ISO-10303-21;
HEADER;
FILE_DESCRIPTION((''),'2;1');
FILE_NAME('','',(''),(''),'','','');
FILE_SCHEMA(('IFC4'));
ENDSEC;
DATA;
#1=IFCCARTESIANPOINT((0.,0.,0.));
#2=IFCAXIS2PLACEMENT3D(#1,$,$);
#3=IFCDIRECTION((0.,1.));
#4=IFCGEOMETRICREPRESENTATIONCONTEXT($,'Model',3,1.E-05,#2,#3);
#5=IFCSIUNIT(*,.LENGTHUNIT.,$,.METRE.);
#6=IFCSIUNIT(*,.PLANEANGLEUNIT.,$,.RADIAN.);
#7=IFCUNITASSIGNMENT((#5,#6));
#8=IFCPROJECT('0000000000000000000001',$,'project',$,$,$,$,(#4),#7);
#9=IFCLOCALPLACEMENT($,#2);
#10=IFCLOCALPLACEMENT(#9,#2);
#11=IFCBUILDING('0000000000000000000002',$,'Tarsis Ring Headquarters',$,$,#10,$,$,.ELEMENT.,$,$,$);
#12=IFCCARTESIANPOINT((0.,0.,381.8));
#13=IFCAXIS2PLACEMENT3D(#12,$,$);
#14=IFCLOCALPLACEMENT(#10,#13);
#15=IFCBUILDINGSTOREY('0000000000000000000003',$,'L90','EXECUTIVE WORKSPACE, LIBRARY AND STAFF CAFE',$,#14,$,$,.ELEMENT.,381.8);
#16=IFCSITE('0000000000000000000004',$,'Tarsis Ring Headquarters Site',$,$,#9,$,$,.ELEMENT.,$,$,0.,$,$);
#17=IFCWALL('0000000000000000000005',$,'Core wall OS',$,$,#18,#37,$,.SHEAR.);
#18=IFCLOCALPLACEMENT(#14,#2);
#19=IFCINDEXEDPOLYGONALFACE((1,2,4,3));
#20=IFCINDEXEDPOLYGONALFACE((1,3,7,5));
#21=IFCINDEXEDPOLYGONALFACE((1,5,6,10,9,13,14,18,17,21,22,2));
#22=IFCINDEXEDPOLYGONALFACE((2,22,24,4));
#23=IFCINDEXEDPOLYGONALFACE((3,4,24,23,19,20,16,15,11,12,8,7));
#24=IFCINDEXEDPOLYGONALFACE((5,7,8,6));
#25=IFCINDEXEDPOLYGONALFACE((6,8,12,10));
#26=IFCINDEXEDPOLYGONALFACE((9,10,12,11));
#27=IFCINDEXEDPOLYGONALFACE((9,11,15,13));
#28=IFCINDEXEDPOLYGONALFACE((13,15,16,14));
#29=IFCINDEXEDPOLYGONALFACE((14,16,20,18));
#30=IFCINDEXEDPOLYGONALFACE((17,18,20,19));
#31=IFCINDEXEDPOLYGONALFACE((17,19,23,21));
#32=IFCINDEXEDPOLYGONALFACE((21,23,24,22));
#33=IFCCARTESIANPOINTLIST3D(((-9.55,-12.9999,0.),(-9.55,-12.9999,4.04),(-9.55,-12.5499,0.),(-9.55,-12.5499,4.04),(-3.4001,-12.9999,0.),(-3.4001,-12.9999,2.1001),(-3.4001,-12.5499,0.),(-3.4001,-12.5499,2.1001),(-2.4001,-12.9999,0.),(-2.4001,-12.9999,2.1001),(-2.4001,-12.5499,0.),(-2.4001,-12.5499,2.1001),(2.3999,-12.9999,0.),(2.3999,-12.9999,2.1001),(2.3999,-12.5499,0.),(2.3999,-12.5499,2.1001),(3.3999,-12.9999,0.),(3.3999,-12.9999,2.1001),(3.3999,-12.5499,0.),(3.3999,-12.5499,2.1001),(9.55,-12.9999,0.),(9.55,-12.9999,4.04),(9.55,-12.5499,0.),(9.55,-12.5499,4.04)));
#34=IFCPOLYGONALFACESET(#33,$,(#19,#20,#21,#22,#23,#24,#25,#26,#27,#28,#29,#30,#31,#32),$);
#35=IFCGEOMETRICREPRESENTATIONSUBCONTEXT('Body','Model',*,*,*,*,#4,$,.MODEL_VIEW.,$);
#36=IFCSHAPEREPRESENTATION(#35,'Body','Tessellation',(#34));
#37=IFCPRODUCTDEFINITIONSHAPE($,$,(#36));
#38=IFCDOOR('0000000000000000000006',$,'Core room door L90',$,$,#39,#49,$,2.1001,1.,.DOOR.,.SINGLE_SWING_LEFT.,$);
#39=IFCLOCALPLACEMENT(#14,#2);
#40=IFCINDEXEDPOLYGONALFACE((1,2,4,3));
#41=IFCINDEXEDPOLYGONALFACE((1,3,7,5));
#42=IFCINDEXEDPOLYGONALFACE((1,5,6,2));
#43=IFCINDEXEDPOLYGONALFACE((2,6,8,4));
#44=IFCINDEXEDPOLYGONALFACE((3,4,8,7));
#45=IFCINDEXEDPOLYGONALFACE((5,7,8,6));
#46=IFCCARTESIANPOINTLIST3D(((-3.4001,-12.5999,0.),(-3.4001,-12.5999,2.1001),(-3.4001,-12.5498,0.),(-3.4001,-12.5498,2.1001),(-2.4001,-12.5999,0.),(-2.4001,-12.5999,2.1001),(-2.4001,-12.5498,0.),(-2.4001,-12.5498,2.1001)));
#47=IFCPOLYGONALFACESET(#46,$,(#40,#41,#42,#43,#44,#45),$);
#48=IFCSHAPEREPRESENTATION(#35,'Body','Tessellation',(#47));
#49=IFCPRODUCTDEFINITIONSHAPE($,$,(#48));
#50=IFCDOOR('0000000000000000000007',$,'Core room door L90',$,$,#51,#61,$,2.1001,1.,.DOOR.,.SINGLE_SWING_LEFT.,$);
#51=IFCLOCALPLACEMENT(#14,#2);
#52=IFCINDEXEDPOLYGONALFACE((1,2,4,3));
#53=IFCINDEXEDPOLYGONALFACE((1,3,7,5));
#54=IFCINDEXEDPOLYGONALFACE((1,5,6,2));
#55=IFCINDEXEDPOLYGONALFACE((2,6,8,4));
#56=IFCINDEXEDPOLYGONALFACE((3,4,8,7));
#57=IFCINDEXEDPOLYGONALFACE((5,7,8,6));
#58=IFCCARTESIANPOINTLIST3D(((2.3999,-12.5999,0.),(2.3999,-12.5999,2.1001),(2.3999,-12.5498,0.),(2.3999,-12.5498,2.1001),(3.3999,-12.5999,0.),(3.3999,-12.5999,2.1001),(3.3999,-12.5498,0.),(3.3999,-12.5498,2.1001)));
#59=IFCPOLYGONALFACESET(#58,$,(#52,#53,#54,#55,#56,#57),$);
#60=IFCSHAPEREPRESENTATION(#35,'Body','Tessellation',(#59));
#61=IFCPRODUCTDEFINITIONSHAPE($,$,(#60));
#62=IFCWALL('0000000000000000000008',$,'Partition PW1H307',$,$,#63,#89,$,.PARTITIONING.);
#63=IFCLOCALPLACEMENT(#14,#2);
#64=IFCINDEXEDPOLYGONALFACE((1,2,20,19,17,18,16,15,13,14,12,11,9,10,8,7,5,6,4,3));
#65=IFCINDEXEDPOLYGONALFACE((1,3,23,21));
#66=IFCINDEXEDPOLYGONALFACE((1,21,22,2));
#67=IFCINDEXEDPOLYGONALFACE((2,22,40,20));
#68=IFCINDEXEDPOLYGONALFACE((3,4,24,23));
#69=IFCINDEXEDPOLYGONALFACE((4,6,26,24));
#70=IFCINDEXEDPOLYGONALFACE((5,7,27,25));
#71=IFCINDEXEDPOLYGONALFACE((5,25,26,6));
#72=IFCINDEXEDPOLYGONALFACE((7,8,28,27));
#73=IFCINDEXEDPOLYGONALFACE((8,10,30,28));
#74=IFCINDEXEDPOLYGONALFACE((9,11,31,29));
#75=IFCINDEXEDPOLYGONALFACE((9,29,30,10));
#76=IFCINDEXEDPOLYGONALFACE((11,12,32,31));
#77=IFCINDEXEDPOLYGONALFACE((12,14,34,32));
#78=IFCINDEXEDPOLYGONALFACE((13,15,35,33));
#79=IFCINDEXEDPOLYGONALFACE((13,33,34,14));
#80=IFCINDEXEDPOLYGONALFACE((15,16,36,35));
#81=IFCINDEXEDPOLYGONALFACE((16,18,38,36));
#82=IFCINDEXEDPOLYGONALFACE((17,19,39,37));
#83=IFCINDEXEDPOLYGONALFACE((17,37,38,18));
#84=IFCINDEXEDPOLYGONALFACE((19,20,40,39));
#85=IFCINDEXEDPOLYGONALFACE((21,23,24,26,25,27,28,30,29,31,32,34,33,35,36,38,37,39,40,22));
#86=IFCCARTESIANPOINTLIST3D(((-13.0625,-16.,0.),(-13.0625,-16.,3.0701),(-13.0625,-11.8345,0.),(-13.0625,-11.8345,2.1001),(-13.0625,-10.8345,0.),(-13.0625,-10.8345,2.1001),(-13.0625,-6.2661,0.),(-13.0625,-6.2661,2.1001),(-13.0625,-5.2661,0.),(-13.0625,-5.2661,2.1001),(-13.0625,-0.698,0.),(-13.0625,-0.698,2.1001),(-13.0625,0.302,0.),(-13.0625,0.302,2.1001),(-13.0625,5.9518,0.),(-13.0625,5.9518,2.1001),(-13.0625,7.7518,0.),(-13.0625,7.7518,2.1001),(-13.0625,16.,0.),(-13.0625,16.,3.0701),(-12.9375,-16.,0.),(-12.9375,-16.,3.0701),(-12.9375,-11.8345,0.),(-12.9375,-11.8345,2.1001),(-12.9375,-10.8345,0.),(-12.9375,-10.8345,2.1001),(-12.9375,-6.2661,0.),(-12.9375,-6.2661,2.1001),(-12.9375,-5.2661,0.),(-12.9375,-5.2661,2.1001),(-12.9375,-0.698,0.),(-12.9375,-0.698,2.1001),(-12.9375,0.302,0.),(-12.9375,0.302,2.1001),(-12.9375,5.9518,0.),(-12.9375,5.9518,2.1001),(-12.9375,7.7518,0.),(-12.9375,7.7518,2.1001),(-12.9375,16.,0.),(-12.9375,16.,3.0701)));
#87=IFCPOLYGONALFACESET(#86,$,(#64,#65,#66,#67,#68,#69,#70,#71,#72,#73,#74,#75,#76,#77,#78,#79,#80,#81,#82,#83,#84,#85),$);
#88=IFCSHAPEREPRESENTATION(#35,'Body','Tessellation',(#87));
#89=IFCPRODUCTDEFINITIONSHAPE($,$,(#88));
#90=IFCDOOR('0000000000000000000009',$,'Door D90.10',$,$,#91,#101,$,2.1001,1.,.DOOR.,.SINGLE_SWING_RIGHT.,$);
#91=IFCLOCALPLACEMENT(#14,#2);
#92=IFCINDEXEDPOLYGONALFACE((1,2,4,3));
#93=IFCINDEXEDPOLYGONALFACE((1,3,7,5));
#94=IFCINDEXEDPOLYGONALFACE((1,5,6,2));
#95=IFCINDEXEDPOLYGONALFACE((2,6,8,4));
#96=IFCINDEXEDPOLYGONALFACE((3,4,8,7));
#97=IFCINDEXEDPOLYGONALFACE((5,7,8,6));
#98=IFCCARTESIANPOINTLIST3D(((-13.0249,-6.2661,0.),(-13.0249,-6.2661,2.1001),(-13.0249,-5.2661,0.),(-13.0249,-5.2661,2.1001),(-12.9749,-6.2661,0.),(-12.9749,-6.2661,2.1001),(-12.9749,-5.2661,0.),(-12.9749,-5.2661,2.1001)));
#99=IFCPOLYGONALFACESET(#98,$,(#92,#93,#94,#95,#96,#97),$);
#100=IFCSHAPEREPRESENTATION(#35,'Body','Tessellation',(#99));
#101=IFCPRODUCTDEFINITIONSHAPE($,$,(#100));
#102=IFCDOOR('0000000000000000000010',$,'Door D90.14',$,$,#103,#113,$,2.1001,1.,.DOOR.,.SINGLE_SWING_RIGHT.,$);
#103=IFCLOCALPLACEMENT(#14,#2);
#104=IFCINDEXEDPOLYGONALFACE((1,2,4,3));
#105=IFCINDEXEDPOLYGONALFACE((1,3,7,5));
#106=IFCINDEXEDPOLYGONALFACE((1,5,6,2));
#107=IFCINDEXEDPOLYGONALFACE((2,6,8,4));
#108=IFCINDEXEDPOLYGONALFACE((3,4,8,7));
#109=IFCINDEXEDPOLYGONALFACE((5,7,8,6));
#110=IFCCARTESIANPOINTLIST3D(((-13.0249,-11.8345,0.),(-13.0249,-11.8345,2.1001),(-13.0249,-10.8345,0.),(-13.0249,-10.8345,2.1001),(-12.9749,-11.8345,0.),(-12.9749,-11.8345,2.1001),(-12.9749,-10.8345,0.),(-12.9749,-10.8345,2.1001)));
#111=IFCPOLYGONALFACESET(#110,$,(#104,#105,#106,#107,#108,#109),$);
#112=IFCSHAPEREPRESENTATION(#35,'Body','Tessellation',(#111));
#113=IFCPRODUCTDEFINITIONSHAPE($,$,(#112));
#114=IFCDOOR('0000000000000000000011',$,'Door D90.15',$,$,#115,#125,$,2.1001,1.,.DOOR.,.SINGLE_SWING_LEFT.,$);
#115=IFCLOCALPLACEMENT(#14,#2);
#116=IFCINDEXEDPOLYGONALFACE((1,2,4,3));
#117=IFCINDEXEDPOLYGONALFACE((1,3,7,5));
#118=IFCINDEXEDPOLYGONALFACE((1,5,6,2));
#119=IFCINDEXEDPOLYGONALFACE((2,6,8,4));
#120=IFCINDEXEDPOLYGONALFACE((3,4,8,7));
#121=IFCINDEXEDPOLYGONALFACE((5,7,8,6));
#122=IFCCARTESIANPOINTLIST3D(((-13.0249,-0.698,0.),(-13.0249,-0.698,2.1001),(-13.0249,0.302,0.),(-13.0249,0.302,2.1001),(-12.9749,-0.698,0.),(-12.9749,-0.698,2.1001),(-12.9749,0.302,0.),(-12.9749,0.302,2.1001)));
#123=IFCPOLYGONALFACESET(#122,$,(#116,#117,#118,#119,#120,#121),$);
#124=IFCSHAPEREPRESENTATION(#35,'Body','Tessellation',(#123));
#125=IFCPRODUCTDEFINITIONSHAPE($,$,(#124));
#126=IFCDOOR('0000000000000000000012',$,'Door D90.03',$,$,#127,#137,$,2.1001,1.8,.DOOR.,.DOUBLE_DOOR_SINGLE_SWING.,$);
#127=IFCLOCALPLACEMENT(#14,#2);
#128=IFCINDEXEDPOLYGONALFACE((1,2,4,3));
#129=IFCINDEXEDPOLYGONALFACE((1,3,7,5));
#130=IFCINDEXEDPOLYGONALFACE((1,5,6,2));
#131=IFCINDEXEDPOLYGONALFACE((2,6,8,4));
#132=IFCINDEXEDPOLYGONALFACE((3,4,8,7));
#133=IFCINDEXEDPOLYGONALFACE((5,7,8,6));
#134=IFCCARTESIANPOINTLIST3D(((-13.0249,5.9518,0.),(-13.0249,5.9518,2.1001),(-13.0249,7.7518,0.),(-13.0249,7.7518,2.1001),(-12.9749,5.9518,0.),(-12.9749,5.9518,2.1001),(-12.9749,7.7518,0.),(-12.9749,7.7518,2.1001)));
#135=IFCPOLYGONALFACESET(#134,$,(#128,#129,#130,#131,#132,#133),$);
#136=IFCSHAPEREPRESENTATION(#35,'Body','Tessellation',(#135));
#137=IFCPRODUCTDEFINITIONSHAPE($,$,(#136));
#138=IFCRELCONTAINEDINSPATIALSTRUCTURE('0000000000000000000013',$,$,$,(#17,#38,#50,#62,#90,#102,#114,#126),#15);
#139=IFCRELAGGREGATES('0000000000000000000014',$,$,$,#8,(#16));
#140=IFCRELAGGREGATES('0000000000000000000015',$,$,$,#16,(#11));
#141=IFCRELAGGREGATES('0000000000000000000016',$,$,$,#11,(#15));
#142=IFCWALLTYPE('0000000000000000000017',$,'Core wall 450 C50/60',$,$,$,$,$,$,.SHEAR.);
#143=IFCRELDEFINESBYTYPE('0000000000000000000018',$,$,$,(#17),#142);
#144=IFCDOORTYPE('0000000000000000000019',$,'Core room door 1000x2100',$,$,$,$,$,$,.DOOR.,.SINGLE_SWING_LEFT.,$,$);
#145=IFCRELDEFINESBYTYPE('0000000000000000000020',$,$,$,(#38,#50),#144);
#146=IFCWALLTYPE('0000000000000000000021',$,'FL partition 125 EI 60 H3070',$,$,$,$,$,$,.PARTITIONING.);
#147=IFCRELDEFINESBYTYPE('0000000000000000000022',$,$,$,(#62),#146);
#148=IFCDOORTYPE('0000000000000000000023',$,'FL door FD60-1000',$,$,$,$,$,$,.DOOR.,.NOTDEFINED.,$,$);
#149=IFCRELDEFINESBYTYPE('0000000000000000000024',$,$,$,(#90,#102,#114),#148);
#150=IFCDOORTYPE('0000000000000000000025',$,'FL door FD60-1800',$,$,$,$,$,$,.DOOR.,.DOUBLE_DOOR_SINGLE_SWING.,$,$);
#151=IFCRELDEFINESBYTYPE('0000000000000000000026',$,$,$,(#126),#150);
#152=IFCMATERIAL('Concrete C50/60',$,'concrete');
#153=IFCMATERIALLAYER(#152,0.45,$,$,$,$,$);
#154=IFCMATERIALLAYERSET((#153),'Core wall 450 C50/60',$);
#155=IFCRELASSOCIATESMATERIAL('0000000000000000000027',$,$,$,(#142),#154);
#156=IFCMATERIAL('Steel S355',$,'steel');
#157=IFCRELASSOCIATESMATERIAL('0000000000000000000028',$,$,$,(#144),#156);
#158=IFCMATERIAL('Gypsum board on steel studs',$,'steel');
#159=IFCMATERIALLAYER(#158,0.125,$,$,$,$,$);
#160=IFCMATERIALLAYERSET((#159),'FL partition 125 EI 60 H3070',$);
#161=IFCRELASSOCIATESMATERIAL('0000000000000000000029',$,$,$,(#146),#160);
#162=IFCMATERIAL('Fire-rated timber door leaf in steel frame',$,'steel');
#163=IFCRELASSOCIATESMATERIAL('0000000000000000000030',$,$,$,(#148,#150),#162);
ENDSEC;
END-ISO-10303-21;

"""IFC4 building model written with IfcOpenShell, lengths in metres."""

from ifc_helpers import new_model, si_unit, direction, frame, frame_2d, origin, place, context, subcontext, project, spatial, rectangle, extrude, material, layer, layer_set, type_object, element, fill, save


model = new_model("IFC4")

# Units and contexts
model_context = context("Model", 3, precision=1e-05, world=origin(), true_north=direction((0.0, 1.0)))
body_context = subcontext(model_context, "Body", "Model", "MODEL_VIEW")
ifc_project = project(units=[si_unit("LENGTHUNIT", "METRE"), si_unit("PLANEANGLEUNIT", "RADIAN")], contexts=[model_context])

# Site, building, storey
site_placement = place(None, origin())
site = spatial("IfcSite", under=ifc_project, at=site_placement, Name="Tarsis Ring Headquarters Site", CompositionType="ELEMENT", RefElevation=0.0)
building_placement = place(site_placement, origin())
building = spatial("IfcBuilding", under=site, at=building_placement, Name="Tarsis Ring Headquarters", CompositionType="ELEMENT")
storey_placement = place(building_placement, frame((0.0, 0.0, 381.8)))
storey = spatial("IfcBuildingStorey", under=building, at=storey_placement, Name="L90", Description="EXECUTIVE WORKSPACE, LIBRARY AND STAFF CAFE", CompositionType="ELEMENT", Elevation=381.8)

# Walls, openings, doors
ifc_material_1 = material(Name="Concrete C50/60", Category="concrete")
ifc_layer_1 = layer(ifc_material_1, 0.45)
ifc_layer_set_1 = layer_set([ifc_layer_1], Name="Core wall 450 C50/60")
wall_type_1 = type_object("IfcWallType", Name="Core wall 450 C50/60", PredefinedType="SHEAR", material=ifc_layer_set_1)
ifc_material_2 = material(Name="Steel S355", Category="steel")
door_type_1 = type_object("IfcDoorType", Name="Core room door 1000x2100", OperationType="SINGLE_SWING_LEFT", PredefinedType="DOOR", material=ifc_material_2)
wall_1_placement = place(storey_placement, frame((-9.55, -12.7749, 0.0), z_axis=(0.0, 0.0, 1.0), x_axis=(1.0, 0.0, 0.0)))
wall_1 = element("IfcWall", 1, at=wall_1_placement, inside=storey, type_object=wall_type_1, Name="Core wall OS", PredefinedType="SHEAR", context=body_context, shape_type="SweptSolid", body=[
    extrude(rectangle(XDim=19.1001, YDim=0.45, at=frame_2d((9.55, 0.0))), origin(), (0.0, 0.0, 1.0), 4.04),
])
opening_1_placement = place(wall_1_placement, frame((6.1499, 0.0, 0.0)))
opening_1 = element("IfcOpeningElement", 2, at=opening_1_placement, cuts=wall_1, PredefinedType="OPENING", context=body_context, shape_type="SweptSolid", body=[
    extrude(rectangle(XDim=1.0, YDim=2.1001, at=frame_2d((0.5, 1.05))), frame((0.0, 0.2349, 0.0), z_axis=(0.0, -1.0, 0.0), x_axis=(1.0, 0.0, 0.0)), (0.0, 0.0, 1.0), 0.47),
])
opening_2_placement = place(wall_1_placement, frame((11.95, 0.0, 0.0)))
opening_2 = element("IfcOpeningElement", 3, at=opening_2_placement, cuts=wall_1, PredefinedType="OPENING", context=body_context, shape_type="SweptSolid", body=[
    extrude(rectangle(XDim=1.0, YDim=2.1001, at=frame_2d((0.5, 1.05))), frame((0.0, 0.2349, 0.0), z_axis=(0.0, -1.0, 0.0), x_axis=(1.0, 0.0, 0.0)), (0.0, 0.0, 1.0), 0.47),
])
door_1_placement = place(opening_1_placement, origin())
door_1 = element("IfcDoor", 4, at=door_1_placement, inside=storey, type_object=door_type_1, Name="Core room door L90", OperationType="SINGLE_SWING_LEFT", OverallHeight=2.1001, OverallWidth=1.0, PredefinedType="DOOR", context=body_context, shape_type="SweptSolid", body=[
    extrude(rectangle(XDim=1.0, YDim=2.1001, at=frame_2d((0.5, 1.05))), frame((0.0, 0.2251, 0.0), z_axis=(0.0, -1.0, 0.0), x_axis=(1.0, 0.0, 0.0)), (0.0, 0.0, 1.0), 0.05),
])
fill(opening_1, door_1)
door_2_placement = place(opening_2_placement, origin())
door_2 = element("IfcDoor", 5, at=door_2_placement, inside=storey, type_object=door_type_1, Name="Core room door L90", OperationType="SINGLE_SWING_LEFT", OverallHeight=2.1001, OverallWidth=1.0, PredefinedType="DOOR", context=body_context, shape_type="SweptSolid", body=[
    extrude(rectangle(XDim=1.0, YDim=2.1001, at=frame_2d((0.5, 1.05))), frame((0.0, 0.2251, 0.0), z_axis=(0.0, -1.0, 0.0), x_axis=(1.0, 0.0, 0.0)), (0.0, 0.0, 1.0), 0.05),
])
fill(opening_2, door_2)
ifc_material_3 = material(Name="Gypsum board on steel studs", Category="steel")
ifc_layer_2 = layer(ifc_material_3, 0.125)
ifc_layer_set_2 = layer_set([ifc_layer_2], Name="FL partition 125 EI 60 H3070")
wall_type_2 = type_object("IfcWallType", Name="FL partition 125 EI 60 H3070", PredefinedType="PARTITIONING", material=ifc_layer_set_2)
wall_2_placement = place(storey_placement, frame((-13.0, -16.0, 0.0), z_axis=(0.0, 0.0, 1.0), x_axis=(0.0, 1.0, 0.0)))
wall_2 = element("IfcWall", 6, at=wall_2_placement, inside=storey, type_object=wall_type_2, Name="Partition PW1H307", PredefinedType="PARTITIONING", context=body_context, shape_type="SweptSolid", body=[
    extrude(rectangle(XDim=32.0, YDim=0.125, at=frame_2d((16.0, 0.0))), origin(), (0.0, 0.0, 1.0), 3.0701),
])
opening_3_placement = place(wall_2_placement, frame((21.9519, 0.0, 0.0)))
opening_3 = element("IfcOpeningElement", 7, at=opening_3_placement, cuts=wall_2, PredefinedType="OPENING", context=body_context, shape_type="SweptSolid", body=[
    extrude(rectangle(XDim=1.8, YDim=2.1001, at=frame_2d((0.8999, 1.05))), frame((0.0, 0.0725, 0.0), z_axis=(0.0, -1.0, 0.0), x_axis=(1.0, 0.0, 0.0)), (0.0, 0.0, 1.0), 0.145),
])
opening_4_placement = place(wall_2_placement, frame((9.7339, 0.0, 0.0)))
opening_4 = element("IfcOpeningElement", 8, at=opening_4_placement, cuts=wall_2, PredefinedType="OPENING", context=body_context, shape_type="SweptSolid", body=[
    extrude(rectangle(XDim=1.0, YDim=2.1001, at=frame_2d((0.5, 1.05))), frame((0.0, 0.0725, 0.0), z_axis=(0.0, -1.0, 0.0), x_axis=(1.0, 0.0, 0.0)), (0.0, 0.0, 1.0), 0.145),
])
opening_5_placement = place(wall_2_placement, frame((4.1655, 0.0, 0.0)))
opening_5 = element("IfcOpeningElement", 9, at=opening_5_placement, cuts=wall_2, PredefinedType="OPENING", context=body_context, shape_type="SweptSolid", body=[
    extrude(rectangle(XDim=1.0, YDim=2.1001, at=frame_2d((0.5, 1.05))), frame((0.0, 0.0725, 0.0), z_axis=(0.0, -1.0, 0.0), x_axis=(1.0, 0.0, 0.0)), (0.0, 0.0, 1.0), 0.145),
])
opening_6_placement = place(wall_2_placement, frame((15.302, 0.0, 0.0)))
opening_6 = element("IfcOpeningElement", 10, at=opening_6_placement, cuts=wall_2, PredefinedType="OPENING", context=body_context, shape_type="SweptSolid", body=[
    extrude(rectangle(XDim=1.0, YDim=2.1001, at=frame_2d((0.5, 1.05))), frame((0.0, 0.0725, 0.0), z_axis=(0.0, -1.0, 0.0), x_axis=(1.0, 0.0, 0.0)), (0.0, 0.0, 1.0), 0.145),
])
ifc_material_4 = material(Name="Fire-rated timber door leaf in steel frame", Category="steel")
door_type_2 = type_object("IfcDoorType", Name="FL door FD60-1000", OperationType="NOTDEFINED", PredefinedType="DOOR", material=ifc_material_4)
door_3_placement = place(opening_4_placement, origin())
door_3 = element("IfcDoor", 11, at=door_3_placement, inside=storey, type_object=door_type_2, Name="Door D90.10", OperationType="SINGLE_SWING_RIGHT", OverallHeight=2.1001, OverallWidth=1.0, PredefinedType="DOOR", context=body_context, shape_type="SweptSolid", body=[
    extrude(rectangle(XDim=1.0, YDim=2.1001, at=frame_2d((0.5, 1.05))), frame((0.0, 0.0249, 0.0), z_axis=(0.0, -1.0, 0.0), x_axis=(1.0, 0.0, 0.0)), (0.0, 0.0, 1.0), 0.05),
])
fill(opening_4, door_3)
door_4_placement = place(opening_5_placement, origin())
door_4 = element("IfcDoor", 12, at=door_4_placement, inside=storey, type_object=door_type_2, Name="Door D90.14", OperationType="SINGLE_SWING_RIGHT", OverallHeight=2.1001, OverallWidth=1.0, PredefinedType="DOOR", context=body_context, shape_type="SweptSolid", body=[
    extrude(rectangle(XDim=1.0, YDim=2.1001, at=frame_2d((0.5, 1.05))), frame((0.0, 0.0249, 0.0), z_axis=(0.0, -1.0, 0.0), x_axis=(1.0, 0.0, 0.0)), (0.0, 0.0, 1.0), 0.05),
])
fill(opening_5, door_4)
door_5_placement = place(opening_6_placement, origin())
door_5 = element("IfcDoor", 13, at=door_5_placement, inside=storey, type_object=door_type_2, Name="Door D90.15", OperationType="SINGLE_SWING_LEFT", OverallHeight=2.1001, OverallWidth=1.0, PredefinedType="DOOR", context=body_context, shape_type="SweptSolid", body=[
    extrude(rectangle(XDim=1.0, YDim=2.1001, at=frame_2d((0.5, 1.05))), frame((0.0, 0.0249, 0.0), z_axis=(0.0, -1.0, 0.0), x_axis=(1.0, 0.0, 0.0)), (0.0, 0.0, 1.0), 0.05),
])
fill(opening_6, door_5)
door_type_3 = type_object("IfcDoorType", Name="FL door FD60-1800", OperationType="DOUBLE_DOOR_SINGLE_SWING", PredefinedType="DOOR", material=ifc_material_4)
door_6_placement = place(opening_3_placement, origin())
door_6 = element("IfcDoor", 14, at=door_6_placement, inside=storey, type_object=door_type_3, Name="Door D90.03", OperationType="DOUBLE_DOOR_SINGLE_SWING", OverallHeight=2.1001, OverallWidth=1.8, PredefinedType="DOOR", context=body_context, shape_type="SweptSolid", body=[
    extrude(rectangle(XDim=1.8, YDim=2.1001, at=frame_2d((0.8999, 1.05))), frame((0.0, 0.0249, 0.0), z_axis=(0.0, -1.0, 0.0), x_axis=(1.0, 0.0, 0.0)), (0.0, 0.0, 1.0), 0.05),
])
fill(opening_3, door_6)

save(model, "model.ifc")
